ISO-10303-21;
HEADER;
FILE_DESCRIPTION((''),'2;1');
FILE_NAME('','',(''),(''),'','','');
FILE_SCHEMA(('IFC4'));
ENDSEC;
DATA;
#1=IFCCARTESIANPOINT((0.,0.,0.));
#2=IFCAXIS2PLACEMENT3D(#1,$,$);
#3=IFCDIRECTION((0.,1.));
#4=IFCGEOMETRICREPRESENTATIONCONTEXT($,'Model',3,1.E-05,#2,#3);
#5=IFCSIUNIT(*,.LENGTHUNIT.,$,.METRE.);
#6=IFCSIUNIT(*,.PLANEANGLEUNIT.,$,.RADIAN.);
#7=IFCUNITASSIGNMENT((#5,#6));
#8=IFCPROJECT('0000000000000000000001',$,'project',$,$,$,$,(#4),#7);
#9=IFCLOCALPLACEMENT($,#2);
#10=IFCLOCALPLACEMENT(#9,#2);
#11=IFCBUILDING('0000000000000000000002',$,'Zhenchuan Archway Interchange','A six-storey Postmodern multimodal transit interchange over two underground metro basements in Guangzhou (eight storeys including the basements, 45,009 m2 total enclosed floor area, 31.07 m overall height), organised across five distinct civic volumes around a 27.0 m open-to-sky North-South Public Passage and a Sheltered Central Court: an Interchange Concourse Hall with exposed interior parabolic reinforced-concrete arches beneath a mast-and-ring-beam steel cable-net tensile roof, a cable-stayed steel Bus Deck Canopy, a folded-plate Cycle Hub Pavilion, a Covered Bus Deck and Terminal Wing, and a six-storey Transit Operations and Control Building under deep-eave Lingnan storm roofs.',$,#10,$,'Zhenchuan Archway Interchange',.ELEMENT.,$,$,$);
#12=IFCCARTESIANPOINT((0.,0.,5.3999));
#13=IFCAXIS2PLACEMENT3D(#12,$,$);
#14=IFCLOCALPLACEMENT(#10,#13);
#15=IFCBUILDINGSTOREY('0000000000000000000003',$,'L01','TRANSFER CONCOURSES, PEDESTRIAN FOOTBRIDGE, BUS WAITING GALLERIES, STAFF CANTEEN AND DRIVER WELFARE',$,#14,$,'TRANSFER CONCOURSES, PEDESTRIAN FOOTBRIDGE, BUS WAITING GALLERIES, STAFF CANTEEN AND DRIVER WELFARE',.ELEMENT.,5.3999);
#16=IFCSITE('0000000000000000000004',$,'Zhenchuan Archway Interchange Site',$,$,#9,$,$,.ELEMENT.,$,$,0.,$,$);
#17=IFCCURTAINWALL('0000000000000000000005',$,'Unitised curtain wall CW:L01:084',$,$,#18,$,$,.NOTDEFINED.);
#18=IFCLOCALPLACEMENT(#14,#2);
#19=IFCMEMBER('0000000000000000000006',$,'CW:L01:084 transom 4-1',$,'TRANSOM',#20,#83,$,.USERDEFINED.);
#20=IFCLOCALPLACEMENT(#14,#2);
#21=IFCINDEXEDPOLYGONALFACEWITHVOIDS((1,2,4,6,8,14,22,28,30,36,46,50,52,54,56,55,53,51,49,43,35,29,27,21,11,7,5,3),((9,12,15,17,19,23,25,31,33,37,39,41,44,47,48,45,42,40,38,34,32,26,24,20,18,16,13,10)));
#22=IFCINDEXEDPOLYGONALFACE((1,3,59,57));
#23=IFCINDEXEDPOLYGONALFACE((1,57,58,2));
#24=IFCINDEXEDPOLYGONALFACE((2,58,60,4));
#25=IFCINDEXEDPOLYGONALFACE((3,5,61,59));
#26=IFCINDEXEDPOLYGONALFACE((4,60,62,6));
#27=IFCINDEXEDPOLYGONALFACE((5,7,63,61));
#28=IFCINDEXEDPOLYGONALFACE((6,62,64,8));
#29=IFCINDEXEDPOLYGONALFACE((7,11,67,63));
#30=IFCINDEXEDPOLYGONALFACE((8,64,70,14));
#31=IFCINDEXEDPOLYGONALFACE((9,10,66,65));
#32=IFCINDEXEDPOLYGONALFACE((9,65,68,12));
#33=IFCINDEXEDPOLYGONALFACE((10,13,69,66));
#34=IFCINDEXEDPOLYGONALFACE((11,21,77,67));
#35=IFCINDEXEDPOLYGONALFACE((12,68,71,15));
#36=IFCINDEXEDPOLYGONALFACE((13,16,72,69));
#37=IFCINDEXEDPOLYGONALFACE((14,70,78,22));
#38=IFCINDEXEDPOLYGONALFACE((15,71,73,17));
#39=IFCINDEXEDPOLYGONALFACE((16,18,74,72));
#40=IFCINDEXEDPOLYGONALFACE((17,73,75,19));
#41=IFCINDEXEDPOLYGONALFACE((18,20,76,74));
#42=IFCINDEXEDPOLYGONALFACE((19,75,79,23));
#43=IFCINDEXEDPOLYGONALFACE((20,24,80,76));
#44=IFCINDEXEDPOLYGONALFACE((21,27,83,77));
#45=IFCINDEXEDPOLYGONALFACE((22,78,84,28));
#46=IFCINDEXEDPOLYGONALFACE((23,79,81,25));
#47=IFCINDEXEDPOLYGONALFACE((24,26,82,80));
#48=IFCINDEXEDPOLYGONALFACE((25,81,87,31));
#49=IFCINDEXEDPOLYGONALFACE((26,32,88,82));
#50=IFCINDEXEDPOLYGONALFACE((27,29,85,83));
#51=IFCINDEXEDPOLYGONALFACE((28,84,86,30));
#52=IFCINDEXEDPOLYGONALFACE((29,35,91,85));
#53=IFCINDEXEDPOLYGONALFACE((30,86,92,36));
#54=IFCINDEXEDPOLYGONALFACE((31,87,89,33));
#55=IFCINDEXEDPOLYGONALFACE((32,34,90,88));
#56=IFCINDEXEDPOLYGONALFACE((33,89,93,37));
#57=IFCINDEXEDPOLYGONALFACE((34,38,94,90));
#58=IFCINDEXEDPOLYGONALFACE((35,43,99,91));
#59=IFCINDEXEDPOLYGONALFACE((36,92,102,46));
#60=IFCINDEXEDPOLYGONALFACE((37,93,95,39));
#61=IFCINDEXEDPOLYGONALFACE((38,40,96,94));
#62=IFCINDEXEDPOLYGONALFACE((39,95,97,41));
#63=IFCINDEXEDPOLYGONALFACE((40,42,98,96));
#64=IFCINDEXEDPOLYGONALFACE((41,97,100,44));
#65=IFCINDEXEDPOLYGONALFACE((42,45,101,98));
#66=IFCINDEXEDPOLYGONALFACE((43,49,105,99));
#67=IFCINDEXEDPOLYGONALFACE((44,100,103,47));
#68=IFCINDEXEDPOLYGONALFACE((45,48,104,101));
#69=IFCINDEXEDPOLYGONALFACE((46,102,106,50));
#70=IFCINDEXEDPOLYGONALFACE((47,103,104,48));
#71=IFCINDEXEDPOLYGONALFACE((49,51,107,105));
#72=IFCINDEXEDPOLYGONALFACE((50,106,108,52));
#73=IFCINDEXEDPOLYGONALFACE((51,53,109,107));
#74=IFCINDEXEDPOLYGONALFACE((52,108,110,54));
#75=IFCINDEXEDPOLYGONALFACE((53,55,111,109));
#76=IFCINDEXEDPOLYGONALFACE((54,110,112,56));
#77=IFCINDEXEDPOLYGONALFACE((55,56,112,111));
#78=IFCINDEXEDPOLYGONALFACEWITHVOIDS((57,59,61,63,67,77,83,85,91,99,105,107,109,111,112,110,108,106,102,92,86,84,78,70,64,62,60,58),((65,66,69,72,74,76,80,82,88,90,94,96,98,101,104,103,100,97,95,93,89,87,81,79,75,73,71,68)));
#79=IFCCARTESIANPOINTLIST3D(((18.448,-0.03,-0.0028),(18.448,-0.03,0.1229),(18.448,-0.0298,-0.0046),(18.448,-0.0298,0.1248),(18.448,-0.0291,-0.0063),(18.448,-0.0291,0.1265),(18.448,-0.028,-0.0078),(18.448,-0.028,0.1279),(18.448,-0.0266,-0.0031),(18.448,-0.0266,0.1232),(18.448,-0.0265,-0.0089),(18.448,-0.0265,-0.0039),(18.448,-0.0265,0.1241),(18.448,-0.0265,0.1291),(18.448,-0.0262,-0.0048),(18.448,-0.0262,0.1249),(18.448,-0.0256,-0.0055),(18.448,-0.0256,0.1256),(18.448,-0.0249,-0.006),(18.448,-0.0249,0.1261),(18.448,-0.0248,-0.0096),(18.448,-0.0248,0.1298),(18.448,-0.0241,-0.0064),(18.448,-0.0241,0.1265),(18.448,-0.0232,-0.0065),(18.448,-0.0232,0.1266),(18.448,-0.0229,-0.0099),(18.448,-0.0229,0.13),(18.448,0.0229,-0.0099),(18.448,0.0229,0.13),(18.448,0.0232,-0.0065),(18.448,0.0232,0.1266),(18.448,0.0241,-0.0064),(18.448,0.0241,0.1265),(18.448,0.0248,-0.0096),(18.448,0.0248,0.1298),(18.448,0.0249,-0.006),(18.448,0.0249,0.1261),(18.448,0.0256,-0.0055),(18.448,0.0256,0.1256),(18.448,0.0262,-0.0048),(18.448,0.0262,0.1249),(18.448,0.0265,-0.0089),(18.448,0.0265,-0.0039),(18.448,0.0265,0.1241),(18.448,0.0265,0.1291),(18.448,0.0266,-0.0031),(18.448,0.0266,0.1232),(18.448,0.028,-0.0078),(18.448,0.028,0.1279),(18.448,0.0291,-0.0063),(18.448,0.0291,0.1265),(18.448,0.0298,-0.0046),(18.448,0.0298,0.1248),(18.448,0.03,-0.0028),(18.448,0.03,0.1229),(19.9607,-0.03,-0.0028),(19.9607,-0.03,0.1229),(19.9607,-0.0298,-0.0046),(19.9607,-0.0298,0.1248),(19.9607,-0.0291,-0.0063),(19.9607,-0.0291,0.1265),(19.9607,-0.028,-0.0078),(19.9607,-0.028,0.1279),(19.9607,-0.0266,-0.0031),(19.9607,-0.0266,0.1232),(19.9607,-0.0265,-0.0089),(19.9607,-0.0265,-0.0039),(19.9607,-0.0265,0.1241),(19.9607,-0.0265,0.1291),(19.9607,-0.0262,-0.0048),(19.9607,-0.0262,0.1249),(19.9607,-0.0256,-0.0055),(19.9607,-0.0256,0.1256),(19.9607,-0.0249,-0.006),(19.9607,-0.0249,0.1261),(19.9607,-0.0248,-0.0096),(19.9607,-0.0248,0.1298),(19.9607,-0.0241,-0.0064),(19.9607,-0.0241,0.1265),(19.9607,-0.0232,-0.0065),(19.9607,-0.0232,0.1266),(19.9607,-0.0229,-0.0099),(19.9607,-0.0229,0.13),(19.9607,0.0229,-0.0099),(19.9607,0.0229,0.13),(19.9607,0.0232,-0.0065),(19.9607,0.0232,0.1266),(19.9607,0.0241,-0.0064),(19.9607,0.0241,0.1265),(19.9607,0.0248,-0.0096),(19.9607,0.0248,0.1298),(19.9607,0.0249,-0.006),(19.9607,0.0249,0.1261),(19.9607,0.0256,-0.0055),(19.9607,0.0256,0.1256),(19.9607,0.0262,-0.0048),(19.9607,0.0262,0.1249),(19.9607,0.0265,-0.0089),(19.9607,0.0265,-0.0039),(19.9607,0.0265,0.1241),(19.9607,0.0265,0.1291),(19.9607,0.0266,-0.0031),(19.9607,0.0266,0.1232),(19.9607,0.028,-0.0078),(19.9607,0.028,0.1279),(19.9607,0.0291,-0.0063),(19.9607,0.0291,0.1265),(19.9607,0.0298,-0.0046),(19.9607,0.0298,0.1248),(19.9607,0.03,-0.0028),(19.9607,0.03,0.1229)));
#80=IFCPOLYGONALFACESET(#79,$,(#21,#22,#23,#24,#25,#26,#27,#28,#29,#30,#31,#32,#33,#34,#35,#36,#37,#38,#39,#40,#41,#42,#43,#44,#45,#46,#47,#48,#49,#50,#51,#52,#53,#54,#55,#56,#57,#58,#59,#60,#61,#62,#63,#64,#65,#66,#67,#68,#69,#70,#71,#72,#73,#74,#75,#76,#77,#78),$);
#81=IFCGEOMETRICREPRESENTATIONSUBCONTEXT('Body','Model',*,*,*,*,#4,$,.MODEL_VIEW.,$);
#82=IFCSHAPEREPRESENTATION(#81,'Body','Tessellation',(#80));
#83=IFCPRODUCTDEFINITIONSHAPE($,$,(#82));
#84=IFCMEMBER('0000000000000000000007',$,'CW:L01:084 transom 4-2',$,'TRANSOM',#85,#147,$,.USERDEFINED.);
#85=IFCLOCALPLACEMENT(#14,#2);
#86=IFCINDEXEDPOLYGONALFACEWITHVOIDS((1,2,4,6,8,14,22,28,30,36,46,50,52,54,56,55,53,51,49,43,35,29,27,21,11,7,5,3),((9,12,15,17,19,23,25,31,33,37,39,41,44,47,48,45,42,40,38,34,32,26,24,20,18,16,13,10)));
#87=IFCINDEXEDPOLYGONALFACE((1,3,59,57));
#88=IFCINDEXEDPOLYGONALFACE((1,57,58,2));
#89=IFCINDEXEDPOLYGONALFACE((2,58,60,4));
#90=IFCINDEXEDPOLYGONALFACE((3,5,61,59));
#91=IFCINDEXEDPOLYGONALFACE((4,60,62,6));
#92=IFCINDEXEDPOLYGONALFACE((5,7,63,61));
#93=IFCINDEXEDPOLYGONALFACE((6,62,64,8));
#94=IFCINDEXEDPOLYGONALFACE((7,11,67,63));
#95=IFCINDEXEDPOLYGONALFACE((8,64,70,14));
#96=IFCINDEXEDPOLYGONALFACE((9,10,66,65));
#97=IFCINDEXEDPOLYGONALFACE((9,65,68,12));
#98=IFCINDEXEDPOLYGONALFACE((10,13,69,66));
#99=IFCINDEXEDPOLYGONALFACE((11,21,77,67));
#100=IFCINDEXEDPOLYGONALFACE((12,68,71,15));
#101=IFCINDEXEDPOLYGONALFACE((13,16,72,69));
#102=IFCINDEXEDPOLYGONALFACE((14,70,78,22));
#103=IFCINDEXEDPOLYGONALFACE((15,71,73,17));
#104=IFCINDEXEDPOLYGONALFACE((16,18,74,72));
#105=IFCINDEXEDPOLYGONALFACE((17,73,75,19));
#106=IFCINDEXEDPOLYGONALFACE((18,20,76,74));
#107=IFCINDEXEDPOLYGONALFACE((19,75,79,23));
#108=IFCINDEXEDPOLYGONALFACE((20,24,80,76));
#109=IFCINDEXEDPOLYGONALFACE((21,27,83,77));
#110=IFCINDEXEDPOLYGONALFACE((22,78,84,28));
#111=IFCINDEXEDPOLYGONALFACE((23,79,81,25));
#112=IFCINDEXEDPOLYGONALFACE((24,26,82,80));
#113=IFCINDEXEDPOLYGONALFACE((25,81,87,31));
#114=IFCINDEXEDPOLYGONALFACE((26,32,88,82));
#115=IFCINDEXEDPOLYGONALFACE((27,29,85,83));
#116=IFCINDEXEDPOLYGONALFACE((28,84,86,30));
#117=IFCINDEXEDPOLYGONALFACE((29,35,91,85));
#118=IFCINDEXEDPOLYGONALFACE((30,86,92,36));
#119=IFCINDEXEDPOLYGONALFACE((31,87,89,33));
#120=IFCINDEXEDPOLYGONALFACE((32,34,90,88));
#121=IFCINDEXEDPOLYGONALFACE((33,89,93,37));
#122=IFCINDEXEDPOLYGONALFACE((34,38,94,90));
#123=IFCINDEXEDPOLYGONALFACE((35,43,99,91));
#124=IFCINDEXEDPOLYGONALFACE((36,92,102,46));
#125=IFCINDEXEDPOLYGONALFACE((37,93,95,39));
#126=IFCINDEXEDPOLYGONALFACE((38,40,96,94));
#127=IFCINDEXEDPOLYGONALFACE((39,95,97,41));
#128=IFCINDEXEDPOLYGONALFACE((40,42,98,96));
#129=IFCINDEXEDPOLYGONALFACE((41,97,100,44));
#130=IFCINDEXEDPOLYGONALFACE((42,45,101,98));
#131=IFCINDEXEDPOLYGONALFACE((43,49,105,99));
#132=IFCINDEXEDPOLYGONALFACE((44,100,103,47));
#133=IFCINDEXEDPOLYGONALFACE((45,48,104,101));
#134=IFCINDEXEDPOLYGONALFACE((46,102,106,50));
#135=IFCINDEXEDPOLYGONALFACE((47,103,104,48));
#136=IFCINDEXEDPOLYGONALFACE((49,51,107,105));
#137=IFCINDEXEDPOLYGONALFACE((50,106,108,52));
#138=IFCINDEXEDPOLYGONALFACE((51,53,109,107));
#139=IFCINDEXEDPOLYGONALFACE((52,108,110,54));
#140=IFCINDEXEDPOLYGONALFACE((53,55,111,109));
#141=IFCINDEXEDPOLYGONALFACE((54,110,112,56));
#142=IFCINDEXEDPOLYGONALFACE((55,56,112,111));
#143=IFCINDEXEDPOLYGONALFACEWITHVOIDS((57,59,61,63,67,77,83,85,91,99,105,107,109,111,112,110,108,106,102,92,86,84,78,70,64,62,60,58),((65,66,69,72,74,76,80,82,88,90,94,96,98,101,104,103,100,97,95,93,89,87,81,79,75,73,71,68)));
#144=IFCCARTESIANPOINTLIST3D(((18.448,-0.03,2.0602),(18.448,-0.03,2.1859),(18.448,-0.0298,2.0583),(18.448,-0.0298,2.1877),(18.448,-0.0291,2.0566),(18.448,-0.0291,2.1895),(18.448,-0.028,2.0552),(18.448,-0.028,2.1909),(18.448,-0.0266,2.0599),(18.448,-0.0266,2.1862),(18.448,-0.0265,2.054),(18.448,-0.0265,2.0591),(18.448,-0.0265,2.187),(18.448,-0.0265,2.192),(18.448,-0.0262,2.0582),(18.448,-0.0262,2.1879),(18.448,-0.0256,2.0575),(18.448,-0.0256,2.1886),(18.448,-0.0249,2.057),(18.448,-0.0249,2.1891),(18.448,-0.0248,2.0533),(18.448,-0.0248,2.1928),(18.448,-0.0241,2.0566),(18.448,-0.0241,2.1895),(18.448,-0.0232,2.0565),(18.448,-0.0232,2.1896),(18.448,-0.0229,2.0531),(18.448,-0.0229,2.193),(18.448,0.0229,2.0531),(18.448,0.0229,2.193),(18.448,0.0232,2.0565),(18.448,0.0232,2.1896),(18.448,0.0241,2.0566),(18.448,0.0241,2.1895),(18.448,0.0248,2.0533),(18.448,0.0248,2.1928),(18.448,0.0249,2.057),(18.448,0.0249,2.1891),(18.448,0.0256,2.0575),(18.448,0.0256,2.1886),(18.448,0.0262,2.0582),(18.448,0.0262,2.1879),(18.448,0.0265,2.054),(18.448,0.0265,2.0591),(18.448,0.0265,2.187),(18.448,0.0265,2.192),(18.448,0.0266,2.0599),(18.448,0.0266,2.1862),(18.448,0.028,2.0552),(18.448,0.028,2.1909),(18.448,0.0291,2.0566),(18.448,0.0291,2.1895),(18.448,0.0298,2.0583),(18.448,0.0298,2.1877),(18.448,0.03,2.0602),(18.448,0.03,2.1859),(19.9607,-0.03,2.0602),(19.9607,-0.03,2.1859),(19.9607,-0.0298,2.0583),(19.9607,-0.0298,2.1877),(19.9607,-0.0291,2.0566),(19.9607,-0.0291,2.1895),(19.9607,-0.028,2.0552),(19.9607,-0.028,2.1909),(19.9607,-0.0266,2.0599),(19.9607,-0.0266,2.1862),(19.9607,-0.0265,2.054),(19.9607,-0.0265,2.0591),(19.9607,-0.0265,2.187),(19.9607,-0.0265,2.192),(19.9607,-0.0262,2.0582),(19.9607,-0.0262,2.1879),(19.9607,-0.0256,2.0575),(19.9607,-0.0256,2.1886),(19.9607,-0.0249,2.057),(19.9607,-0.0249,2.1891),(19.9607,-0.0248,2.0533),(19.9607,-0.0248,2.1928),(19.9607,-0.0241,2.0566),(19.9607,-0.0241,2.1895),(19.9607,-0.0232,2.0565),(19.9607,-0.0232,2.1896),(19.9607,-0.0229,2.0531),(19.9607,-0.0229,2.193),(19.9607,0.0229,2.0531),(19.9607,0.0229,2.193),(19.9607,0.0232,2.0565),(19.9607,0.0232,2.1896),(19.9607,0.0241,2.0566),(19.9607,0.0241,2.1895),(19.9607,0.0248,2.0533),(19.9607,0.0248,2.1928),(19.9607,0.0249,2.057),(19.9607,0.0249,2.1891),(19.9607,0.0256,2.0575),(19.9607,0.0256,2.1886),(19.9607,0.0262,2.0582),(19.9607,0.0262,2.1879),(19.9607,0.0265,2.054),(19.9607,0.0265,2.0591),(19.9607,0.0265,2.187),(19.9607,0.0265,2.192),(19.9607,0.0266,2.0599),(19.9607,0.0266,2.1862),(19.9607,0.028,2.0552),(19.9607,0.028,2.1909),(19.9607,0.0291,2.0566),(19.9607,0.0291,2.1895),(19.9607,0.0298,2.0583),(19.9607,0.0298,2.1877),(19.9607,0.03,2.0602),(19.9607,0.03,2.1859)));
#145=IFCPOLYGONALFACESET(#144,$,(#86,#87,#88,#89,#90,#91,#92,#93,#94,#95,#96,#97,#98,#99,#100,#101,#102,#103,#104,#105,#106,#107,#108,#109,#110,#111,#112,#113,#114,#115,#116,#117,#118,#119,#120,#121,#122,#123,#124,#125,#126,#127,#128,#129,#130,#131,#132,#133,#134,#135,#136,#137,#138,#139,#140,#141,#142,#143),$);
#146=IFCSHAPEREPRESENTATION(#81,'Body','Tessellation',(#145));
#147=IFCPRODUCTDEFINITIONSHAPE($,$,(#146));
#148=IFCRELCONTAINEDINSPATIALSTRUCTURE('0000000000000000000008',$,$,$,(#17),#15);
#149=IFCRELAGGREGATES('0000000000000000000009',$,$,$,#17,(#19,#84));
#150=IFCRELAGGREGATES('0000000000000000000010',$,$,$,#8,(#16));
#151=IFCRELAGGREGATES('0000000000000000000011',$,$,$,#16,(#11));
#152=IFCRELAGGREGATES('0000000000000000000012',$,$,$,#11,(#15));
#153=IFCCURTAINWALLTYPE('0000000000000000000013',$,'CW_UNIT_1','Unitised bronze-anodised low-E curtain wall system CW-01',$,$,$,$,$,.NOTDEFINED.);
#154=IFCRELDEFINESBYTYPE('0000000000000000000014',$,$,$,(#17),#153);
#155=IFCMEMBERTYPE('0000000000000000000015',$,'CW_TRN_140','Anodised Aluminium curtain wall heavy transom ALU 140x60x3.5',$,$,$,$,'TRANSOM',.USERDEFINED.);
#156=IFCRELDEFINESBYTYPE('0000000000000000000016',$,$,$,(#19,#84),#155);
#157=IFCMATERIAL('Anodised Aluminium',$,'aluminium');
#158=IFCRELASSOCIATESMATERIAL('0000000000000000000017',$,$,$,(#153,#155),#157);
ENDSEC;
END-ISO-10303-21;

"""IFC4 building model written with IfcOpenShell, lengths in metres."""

from ifc_helpers import new_model, si_unit, direction, frame, origin, origin_2d, place, context, subcontext, project, spatial, hollow_rectangle, extrude, material, material_profile, profile_set, type_object, element, aggregate, save


model = new_model("IFC4")

# Units and contexts
model_context = context("Model", 3, precision=1e-05, world=origin(), true_north=direction((0.0, 1.0)))
body_context = subcontext(model_context, "Body", "Model", "MODEL_VIEW")
ifc_project = project(units=[si_unit("LENGTHUNIT", "METRE"), si_unit("PLANEANGLEUNIT", "RADIAN")], contexts=[model_context])

# Site, building, storey
site_placement = place(None, origin())
site = spatial("IfcSite", under=ifc_project, at=site_placement, Name="Zhenchuan Archway Interchange Site", CompositionType="ELEMENT", RefElevation=0.0)
building_placement = place(site_placement, origin())
building = spatial("IfcBuilding", under=site, at=building_placement, Name="Zhenchuan Archway Interchange", Description="A six-storey Postmodern multimodal transit interchange over two underground metro basements in Guangzhou (eight storeys including the basements, 45,009 m2 total enclosed floor area, 31.07 m overall height), organised across five distinct civic volumes around a 27.0 m open-to-sky North-South Public Passage and a Sheltered Central Court: an Interchange Concourse Hall with exposed interior parabolic reinforced-concrete arches beneath a mast-and-ring-beam steel cable-net tensile roof, a cable-stayed steel Bus Deck Canopy, a folded-plate Cycle Hub Pavilion, a Covered Bus Deck and Terminal Wing, and a six-storey Transit Operations and Control Building under deep-eave Lingnan storm roofs.", LongName="Zhenchuan Archway Interchange", CompositionType="ELEMENT")
storey_placement = place(building_placement, frame((0.0, 0.0, 5.3999)))
storey = spatial("IfcBuildingStorey", under=building, at=storey_placement, Name="L01", Description="TRANSFER CONCOURSES, PEDESTRIAN FOOTBRIDGE, BUS WAITING GALLERIES, STAFF CANTEEN AND DRIVER WELFARE", LongName="TRANSFER CONCOURSES, PEDESTRIAN FOOTBRIDGE, BUS WAITING GALLERIES, STAFF CANTEEN AND DRIVER WELFARE", CompositionType="ELEMENT", Elevation=5.3999)

# Curtain wall
ifc_material_1 = material(Name="Anodised Aluminium", Category="aluminium")
curtain_wall_type_1 = type_object("IfcCurtainWallType", Name="CW_UNIT_1", Description="Unitised bronze-anodised low-E curtain wall system CW-01", PredefinedType="NOTDEFINED", material=ifc_material_1)
curtain_wall_1_placement = place(storey_placement, origin())
curtain_wall_1 = element("IfcCurtainWall", 1, at=curtain_wall_1_placement, inside=storey, type_object=curtain_wall_type_1, Name="Unitised curtain wall CW:L01:084", PredefinedType="NOTDEFINED")

# Members
ifc_material_profile_1 = material_profile(ifc_material_1, hollow_rectangle(XDim=0.0601, YDim=0.1399, WallThickness=0.0034, InnerFilletRadius=0.0034, OuterFilletRadius=0.0071, at=origin_2d()), Name="ALU 140x60x3.5")
ifc_profile_set_1 = profile_set([ifc_material_profile_1], Name="Anodised Aluminium")
member_type_1 = type_object("IfcMemberType", Name="CW_TRN_140", Description="Anodised Aluminium curtain wall heavy transom ALU 140x60x3.5", ElementType="TRANSOM", PredefinedType="USERDEFINED", material=ifc_profile_set_1)
member_1_placement = place(storey_placement, frame((19.9607, 0.0, 0.0601), z_axis=(-1.0, 0.0, 0.0), x_axis=(0.0, -1.0, 0.0)))
member_1 = element("IfcMember", 2, at=member_1_placement, type_object=member_type_1, Name="CW:L01:084 transom 4-1", ObjectType="TRANSOM", PredefinedType="USERDEFINED", context=body_context, shape_type="SweptSolid", body=[
    extrude(hollow_rectangle(XDim=0.0601, YDim=0.1399, WallThickness=0.0034, InnerFilletRadius=0.0034, OuterFilletRadius=0.0071, at=origin_2d()), origin(), (0.0, 0.0, 1.0), 1.5127),
])
member_2_placement = place(storey_placement, frame((19.9607, 0.0, 2.123), z_axis=(-1.0, 0.0, 0.0), x_axis=(0.0, -1.0, 0.0)))
member_2 = element("IfcMember", 3, at=member_2_placement, type_object=member_type_1, Name="CW:L01:084 transom 4-2", ObjectType="TRANSOM", PredefinedType="USERDEFINED", context=body_context, shape_type="SweptSolid", body=[
    extrude(hollow_rectangle(XDim=0.0601, YDim=0.1399, WallThickness=0.0034, InnerFilletRadius=0.0034, OuterFilletRadius=0.0071, at=origin_2d()), origin(), (0.0, 0.0, 1.0), 1.5127),
])

aggregate(curtain_wall_1, [member_1, member_2])

save(model, "model.ifc")
